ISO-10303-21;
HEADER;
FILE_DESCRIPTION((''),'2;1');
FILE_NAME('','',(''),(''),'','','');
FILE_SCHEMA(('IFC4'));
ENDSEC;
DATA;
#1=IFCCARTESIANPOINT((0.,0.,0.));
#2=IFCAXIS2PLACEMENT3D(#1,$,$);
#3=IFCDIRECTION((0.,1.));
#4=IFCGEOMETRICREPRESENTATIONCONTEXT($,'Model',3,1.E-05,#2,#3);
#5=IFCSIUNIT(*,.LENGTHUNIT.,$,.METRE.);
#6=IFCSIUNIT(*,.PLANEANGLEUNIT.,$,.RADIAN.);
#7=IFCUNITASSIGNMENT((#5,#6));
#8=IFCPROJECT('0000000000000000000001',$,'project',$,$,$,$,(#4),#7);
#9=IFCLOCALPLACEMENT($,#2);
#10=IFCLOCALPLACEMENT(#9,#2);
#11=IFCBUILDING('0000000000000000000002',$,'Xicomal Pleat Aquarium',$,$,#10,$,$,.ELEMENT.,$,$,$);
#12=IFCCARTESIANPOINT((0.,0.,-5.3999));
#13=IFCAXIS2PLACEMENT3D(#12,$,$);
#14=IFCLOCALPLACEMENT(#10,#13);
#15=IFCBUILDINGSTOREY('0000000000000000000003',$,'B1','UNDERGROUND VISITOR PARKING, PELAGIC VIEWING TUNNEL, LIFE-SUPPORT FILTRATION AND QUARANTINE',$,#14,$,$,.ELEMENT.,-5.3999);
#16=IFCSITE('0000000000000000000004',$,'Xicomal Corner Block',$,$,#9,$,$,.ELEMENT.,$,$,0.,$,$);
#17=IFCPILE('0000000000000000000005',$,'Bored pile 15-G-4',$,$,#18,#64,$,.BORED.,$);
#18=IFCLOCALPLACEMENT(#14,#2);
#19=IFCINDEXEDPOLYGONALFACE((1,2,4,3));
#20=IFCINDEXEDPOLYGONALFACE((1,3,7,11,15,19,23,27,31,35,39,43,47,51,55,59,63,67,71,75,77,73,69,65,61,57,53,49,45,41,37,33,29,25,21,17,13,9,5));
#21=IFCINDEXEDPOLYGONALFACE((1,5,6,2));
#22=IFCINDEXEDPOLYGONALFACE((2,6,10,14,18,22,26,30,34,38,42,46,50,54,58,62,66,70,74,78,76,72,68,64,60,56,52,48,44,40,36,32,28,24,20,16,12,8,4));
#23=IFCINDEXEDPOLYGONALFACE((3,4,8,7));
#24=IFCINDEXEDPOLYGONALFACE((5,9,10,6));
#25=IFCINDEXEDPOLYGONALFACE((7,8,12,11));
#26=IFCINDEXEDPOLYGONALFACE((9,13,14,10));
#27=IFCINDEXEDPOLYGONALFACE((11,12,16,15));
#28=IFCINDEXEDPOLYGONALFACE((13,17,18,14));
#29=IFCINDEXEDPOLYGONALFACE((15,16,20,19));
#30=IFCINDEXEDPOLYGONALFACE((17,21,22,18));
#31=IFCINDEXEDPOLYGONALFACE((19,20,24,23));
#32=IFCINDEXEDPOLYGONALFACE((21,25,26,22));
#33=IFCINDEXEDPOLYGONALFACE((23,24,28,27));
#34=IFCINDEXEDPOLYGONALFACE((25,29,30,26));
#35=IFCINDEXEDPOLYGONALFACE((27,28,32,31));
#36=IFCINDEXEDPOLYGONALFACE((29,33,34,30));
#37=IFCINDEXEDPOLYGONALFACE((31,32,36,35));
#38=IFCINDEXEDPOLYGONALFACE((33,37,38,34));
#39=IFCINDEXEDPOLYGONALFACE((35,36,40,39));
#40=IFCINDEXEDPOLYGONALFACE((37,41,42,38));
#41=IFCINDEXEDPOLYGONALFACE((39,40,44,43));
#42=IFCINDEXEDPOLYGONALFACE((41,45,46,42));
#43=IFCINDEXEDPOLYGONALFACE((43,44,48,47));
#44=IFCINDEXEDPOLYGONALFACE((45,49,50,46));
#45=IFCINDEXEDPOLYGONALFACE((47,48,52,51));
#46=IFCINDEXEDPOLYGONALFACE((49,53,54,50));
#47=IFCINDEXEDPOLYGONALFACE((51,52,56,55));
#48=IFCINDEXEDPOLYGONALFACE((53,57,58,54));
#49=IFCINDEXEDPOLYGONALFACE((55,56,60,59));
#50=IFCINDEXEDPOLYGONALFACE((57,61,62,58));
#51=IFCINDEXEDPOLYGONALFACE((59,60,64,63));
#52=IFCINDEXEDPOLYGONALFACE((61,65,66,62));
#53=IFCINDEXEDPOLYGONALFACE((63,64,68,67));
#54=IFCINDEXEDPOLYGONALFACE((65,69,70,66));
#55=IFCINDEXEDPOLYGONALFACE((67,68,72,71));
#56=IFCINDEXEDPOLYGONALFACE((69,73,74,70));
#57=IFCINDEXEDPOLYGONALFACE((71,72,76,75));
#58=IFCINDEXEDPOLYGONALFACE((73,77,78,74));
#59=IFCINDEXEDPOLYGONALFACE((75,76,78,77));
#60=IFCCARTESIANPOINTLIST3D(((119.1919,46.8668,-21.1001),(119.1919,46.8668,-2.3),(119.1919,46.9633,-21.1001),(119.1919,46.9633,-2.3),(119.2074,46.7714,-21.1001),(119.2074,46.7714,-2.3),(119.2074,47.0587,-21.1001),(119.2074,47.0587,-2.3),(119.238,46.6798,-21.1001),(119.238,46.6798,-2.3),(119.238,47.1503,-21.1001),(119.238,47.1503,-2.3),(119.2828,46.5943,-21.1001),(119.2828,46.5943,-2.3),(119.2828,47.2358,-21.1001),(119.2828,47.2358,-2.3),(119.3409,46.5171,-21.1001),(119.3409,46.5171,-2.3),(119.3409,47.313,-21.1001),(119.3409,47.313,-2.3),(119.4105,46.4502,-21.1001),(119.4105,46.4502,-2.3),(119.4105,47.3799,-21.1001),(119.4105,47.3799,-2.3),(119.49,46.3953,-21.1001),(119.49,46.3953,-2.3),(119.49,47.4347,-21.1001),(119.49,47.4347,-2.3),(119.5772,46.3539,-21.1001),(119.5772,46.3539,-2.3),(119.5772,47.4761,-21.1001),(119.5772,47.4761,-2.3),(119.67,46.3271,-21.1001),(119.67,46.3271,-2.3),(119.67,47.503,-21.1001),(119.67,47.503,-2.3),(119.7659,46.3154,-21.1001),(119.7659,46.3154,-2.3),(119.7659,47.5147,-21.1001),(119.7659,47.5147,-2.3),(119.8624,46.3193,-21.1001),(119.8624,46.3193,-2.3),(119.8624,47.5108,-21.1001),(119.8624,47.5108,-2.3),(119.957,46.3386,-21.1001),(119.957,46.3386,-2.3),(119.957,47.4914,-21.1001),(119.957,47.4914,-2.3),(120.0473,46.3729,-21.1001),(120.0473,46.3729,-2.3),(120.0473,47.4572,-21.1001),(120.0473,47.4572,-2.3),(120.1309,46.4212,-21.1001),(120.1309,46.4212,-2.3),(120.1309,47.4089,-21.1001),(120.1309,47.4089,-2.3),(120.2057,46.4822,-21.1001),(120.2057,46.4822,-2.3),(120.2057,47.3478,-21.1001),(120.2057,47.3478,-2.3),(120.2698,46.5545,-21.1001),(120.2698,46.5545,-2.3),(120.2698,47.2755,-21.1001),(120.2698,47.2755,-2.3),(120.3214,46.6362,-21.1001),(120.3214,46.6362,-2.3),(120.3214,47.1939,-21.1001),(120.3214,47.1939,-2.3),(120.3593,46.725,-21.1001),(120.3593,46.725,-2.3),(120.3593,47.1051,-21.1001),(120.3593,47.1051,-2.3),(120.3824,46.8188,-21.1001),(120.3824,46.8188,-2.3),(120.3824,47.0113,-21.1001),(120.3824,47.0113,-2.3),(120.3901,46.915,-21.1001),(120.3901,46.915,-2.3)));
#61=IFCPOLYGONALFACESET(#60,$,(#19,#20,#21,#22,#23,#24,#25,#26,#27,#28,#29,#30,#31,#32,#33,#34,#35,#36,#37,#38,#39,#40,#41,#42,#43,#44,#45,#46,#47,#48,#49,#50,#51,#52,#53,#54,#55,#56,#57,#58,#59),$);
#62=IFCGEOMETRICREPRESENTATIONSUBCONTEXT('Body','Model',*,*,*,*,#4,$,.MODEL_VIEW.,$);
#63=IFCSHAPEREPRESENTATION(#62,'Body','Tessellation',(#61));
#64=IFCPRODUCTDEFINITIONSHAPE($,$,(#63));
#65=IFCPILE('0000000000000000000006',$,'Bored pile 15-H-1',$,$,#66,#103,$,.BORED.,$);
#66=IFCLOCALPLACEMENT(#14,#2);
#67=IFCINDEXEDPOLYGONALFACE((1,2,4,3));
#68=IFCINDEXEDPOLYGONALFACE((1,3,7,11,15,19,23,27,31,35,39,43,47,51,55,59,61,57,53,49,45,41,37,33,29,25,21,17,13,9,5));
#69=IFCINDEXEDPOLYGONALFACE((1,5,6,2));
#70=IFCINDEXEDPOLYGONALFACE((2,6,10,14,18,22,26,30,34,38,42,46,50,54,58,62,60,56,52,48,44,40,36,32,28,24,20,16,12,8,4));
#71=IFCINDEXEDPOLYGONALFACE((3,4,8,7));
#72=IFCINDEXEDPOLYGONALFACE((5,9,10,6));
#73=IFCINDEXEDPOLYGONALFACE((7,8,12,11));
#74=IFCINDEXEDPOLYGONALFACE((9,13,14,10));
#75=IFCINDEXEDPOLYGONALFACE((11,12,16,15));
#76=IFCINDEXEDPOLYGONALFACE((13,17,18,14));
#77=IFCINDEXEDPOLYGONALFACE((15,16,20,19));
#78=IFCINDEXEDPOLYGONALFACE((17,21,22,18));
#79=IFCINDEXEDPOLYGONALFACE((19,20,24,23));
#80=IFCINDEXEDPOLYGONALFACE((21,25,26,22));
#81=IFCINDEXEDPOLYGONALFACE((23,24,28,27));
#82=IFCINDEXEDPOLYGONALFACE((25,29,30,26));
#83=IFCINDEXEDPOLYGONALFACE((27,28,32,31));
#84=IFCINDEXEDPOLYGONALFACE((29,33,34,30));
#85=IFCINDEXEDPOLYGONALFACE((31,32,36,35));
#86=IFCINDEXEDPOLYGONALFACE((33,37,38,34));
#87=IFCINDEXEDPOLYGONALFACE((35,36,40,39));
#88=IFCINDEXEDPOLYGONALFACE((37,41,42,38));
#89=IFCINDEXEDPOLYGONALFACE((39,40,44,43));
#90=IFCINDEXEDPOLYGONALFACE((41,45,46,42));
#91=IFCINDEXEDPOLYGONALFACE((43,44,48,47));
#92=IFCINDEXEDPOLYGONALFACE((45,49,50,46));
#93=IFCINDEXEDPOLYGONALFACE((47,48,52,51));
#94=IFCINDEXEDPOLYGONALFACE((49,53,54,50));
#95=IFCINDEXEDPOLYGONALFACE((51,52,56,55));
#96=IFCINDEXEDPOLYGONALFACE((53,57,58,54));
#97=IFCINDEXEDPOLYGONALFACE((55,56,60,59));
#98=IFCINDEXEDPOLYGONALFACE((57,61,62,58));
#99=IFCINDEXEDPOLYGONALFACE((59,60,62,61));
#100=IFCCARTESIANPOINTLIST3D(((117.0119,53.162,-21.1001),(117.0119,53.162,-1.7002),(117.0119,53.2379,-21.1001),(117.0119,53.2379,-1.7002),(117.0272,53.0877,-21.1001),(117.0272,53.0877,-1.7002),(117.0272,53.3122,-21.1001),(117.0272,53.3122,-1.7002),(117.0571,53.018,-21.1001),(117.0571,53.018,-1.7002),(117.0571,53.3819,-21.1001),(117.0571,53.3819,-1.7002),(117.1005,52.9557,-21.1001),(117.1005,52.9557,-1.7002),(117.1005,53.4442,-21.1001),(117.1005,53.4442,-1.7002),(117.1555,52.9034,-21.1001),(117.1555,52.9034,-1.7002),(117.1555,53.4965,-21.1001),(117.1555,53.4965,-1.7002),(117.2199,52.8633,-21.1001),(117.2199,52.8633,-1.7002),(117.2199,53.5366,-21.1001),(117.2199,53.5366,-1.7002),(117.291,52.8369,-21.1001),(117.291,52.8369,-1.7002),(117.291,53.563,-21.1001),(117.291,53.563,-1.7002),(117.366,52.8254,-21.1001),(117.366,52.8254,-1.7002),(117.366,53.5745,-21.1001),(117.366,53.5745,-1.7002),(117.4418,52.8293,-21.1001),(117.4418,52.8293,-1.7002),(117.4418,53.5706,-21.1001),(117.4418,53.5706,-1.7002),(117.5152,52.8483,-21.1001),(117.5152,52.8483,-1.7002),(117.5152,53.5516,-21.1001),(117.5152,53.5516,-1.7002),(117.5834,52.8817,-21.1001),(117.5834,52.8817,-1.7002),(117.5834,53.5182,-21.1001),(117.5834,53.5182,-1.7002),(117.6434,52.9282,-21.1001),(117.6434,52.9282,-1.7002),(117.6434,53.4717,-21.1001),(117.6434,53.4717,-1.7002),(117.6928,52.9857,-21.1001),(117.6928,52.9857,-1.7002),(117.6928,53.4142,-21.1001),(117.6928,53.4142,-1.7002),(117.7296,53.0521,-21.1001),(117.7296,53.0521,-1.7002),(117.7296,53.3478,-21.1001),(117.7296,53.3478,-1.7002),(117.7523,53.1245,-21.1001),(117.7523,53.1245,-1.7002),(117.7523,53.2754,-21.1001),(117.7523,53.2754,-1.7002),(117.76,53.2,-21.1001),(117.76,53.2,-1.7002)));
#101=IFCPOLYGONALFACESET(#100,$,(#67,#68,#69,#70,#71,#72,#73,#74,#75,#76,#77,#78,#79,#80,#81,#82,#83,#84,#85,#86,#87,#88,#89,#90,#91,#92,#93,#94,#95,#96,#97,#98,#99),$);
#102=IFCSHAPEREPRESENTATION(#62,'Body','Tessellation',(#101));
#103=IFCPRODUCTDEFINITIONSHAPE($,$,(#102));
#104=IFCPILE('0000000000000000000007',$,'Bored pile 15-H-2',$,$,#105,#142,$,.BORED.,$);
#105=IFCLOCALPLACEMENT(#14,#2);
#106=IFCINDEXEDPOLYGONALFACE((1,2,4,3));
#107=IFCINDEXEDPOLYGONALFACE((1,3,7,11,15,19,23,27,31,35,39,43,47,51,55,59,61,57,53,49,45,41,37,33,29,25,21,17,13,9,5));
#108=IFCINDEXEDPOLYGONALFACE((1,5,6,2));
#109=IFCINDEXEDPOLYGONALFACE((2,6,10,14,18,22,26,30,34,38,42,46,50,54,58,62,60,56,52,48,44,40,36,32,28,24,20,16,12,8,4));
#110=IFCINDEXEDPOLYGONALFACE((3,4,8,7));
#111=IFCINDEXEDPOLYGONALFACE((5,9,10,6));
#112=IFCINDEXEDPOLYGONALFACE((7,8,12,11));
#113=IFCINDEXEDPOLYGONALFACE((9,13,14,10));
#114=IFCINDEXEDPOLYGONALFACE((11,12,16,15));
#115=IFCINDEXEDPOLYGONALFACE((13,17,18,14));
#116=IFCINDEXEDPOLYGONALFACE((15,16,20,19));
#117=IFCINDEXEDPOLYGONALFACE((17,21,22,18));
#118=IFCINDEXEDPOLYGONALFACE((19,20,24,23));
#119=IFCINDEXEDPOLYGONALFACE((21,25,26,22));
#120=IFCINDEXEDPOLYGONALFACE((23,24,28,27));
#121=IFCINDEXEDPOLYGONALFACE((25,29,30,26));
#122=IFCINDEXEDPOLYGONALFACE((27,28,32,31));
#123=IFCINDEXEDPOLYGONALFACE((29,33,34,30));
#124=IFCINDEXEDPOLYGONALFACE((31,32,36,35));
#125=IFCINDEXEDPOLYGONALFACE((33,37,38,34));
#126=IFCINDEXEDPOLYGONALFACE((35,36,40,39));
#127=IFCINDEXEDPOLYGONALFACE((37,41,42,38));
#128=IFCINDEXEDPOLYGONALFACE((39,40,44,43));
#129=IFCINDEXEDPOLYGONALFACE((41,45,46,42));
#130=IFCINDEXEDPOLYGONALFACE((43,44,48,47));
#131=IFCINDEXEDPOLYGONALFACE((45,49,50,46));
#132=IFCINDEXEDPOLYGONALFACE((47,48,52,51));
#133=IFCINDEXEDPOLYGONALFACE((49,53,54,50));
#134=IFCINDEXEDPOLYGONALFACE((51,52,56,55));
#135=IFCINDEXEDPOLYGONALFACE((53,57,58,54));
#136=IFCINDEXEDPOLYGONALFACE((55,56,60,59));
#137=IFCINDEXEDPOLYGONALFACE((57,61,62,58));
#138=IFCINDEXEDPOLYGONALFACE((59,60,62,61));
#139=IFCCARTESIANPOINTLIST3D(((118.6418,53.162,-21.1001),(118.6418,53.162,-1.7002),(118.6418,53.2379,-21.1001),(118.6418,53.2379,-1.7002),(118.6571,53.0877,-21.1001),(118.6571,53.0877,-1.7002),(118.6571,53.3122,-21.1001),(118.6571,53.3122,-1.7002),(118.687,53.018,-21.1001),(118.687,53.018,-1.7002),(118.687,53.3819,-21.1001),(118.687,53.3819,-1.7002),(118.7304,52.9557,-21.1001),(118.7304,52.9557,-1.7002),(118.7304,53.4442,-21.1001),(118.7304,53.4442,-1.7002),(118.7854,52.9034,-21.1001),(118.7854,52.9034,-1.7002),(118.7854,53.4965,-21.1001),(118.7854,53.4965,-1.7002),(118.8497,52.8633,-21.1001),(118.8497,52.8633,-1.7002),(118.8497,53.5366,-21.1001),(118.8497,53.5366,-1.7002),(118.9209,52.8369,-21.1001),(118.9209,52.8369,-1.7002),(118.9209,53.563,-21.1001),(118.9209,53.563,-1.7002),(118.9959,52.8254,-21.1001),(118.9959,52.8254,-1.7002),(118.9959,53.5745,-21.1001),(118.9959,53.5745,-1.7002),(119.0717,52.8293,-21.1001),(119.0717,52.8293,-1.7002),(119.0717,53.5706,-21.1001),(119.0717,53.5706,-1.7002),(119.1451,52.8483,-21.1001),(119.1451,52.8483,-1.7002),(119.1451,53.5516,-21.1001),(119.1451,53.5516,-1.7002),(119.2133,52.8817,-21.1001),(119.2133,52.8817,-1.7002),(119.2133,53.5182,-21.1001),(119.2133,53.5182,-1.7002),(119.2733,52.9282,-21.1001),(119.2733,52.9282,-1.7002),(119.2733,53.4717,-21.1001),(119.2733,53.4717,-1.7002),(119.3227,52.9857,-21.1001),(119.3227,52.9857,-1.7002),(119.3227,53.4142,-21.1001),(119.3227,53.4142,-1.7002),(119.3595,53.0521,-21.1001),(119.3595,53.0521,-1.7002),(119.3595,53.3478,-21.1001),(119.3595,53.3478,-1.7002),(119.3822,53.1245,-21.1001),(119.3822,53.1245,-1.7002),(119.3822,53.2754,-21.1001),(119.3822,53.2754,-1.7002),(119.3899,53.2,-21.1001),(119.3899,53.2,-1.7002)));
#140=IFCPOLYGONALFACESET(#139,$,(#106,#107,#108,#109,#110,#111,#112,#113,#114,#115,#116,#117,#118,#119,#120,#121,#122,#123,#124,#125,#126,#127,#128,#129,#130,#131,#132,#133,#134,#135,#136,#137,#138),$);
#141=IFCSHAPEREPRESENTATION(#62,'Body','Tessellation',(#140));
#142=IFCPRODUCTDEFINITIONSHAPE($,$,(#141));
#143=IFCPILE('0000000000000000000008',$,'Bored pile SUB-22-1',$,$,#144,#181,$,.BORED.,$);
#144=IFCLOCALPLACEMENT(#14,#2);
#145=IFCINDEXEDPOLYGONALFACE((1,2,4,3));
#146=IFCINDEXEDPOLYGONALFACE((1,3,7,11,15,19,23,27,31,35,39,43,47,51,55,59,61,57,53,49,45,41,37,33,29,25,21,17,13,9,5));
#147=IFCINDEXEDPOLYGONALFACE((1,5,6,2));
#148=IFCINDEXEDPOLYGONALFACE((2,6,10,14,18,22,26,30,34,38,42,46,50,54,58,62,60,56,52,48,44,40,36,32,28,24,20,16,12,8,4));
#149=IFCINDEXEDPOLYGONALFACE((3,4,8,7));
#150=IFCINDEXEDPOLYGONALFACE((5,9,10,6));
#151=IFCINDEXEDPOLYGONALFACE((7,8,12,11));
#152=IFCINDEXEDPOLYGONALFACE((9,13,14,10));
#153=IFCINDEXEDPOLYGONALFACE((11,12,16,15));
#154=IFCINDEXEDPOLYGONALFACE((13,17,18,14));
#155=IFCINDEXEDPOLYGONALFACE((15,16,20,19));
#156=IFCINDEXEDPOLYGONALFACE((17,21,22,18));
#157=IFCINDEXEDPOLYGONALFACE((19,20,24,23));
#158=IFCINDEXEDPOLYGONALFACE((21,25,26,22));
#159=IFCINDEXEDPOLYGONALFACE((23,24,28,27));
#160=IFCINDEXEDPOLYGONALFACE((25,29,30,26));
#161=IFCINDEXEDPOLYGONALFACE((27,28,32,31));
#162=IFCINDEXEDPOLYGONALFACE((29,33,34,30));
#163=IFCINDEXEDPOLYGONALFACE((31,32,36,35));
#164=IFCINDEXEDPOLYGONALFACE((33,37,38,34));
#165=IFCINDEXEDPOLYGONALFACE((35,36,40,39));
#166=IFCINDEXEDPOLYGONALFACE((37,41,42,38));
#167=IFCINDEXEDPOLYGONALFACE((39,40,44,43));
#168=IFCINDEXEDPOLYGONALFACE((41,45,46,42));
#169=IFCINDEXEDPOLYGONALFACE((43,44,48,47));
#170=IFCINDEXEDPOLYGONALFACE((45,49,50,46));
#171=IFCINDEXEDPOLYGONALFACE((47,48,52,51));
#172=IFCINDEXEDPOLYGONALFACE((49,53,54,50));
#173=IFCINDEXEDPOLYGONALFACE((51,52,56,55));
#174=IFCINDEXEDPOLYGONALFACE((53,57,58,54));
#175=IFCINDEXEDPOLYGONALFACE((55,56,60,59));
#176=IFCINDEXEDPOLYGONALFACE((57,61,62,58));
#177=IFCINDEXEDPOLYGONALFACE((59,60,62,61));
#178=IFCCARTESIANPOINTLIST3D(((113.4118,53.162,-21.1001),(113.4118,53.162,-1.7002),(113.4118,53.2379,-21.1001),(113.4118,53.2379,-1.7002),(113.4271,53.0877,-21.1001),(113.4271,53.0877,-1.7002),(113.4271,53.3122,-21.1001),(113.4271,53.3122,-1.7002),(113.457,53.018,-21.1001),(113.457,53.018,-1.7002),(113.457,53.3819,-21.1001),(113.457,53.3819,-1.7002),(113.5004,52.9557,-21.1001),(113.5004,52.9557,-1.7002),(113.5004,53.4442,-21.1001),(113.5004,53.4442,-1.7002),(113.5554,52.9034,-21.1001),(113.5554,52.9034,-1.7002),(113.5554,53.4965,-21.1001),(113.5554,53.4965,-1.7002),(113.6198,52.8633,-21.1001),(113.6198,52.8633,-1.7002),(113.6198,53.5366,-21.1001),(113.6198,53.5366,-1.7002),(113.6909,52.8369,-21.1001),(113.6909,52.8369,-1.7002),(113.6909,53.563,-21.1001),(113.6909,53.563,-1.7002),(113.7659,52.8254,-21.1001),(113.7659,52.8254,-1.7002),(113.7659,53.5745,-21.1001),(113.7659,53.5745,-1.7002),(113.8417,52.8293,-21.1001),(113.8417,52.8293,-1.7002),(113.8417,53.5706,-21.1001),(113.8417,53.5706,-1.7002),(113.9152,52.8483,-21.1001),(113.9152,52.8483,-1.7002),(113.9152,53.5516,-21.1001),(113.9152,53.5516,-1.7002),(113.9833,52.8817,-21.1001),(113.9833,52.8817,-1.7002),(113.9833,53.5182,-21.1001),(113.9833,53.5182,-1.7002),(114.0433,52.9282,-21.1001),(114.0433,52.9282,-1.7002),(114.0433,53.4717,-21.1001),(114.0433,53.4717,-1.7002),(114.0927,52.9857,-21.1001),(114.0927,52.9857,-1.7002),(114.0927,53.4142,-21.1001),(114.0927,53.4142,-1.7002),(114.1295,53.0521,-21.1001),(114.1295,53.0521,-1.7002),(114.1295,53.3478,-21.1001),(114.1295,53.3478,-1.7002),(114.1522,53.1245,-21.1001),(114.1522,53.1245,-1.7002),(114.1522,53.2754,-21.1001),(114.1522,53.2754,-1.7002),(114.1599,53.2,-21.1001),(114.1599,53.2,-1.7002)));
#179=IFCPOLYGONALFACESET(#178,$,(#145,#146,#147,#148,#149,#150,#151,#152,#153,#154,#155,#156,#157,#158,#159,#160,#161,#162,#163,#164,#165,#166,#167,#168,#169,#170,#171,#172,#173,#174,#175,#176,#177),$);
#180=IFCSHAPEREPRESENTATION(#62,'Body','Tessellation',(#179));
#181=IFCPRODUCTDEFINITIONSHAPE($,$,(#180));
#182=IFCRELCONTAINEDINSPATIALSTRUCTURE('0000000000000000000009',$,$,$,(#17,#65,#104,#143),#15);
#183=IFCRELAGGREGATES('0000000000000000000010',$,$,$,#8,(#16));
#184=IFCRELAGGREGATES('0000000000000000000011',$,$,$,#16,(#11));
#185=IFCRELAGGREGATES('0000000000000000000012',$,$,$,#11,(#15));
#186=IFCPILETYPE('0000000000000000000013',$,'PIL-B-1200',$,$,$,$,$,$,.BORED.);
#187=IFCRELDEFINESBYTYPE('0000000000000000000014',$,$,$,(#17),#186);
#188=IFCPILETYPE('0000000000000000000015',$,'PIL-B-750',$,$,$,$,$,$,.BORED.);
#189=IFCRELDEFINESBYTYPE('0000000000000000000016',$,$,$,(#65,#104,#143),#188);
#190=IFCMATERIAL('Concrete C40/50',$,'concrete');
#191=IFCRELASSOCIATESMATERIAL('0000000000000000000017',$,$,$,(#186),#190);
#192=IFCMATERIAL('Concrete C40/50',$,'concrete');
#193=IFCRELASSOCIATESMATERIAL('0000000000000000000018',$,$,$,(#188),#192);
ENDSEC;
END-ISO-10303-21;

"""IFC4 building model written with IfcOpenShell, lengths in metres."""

from ifc_helpers import new_model, si_unit, direction, frame, origin, origin_2d, place, context, subcontext, project, spatial, circle, extrude, material, material_profile, profile_set, type_object, element, save


model = new_model("IFC4")

# Units and contexts
model_context = context("Model", 3, precision=1e-05, world=origin(), true_north=direction((0.0, 1.0)))
body_context = subcontext(model_context, "Body", "Model", "MODEL_VIEW")
ifc_project = project(units=[si_unit("LENGTHUNIT", "METRE"), si_unit("PLANEANGLEUNIT", "RADIAN")], contexts=[model_context])

# Site, building, storey
site_placement = place(None, origin())
site = spatial("IfcSite", under=ifc_project, at=site_placement, Name="Xicomal Corner Block", CompositionType="ELEMENT", RefElevation=0.0)
building_placement = place(site_placement, origin())
building = spatial("IfcBuilding", under=site, at=building_placement, Name="Xicomal Pleat Aquarium", CompositionType="ELEMENT")
storey_placement = place(building_placement, frame((0.0, 0.0, -5.3999)))
storey = spatial("IfcBuildingStorey", under=building, at=storey_placement, Name="B1", Description="UNDERGROUND VISITOR PARKING, PELAGIC VIEWING TUNNEL, LIFE-SUPPORT FILTRATION AND QUARANTINE", CompositionType="ELEMENT", Elevation=-5.3999)

# Piles
ifc_material_1 = material(Name="Concrete C40/50", Category="concrete")
ifc_material_profile_1 = material_profile(ifc_material_1, circle(Radius=0.6001, at=origin_2d()), Name="BORED PILE D1200")
ifc_profile_set_1 = profile_set([ifc_material_profile_1], Name="Concrete C40/50")
pile_type_1 = type_object("IfcPileType", Name="PIL-B-1200", PredefinedType="BORED", material=ifc_profile_set_1)
for number, where, z_axis, x_axis, name in (
    (1, (119.79, 46.915, -2.3), (0.0, 0.0, -1.0), (1.0, 0.0, 0.0), "Bored pile 15-G-4"),
):
    element("IfcPile", number, at=place(storey_placement, frame(where, z_axis=z_axis, x_axis=x_axis)), inside=storey, type_object=pile_type_1, Name=name, PredefinedType="BORED", context=body_context, shape_type="SweptSolid", body=[
        extrude(circle(Radius=0.6001, at=origin_2d()), origin(), (0.0, 0.0, 1.0), 18.8),
    ])
ifc_material_2 = material(Name="Concrete C40/50", Category="concrete")
ifc_material_profile_2 = material_profile(ifc_material_2, circle(Radius=0.375, at=origin_2d()), Name="BORED PILE D750")
ifc_profile_set_2 = profile_set([ifc_material_profile_2], Name="Concrete C40/50")
pile_type_2 = type_object("IfcPileType", Name="PIL-B-750", PredefinedType="BORED", material=ifc_profile_set_2)
for number, where, z_axis, x_axis, name in (
    (2, (117.385, 53.2, -1.7002), (0.0, 0.0, -1.0), (1.0, 0.0, 0.0), "Bored pile 15-H-1"),
    (3, (119.0149, 53.2, -1.7002), (0.0, 0.0, -1.0), (1.0, 0.0, 0.0), "Bored pile 15-H-2"),
    (4, (113.7849, 53.2, -1.7002), (0.0, 0.0, -1.0), (1.0, 0.0, 0.0), "Bored pile SUB-22-1"),
):
    element("IfcPile", number, at=place(storey_placement, frame(where, z_axis=z_axis, x_axis=x_axis)), inside=storey, type_object=pile_type_2, Name=name, PredefinedType="BORED", context=body_context, shape_type="SweptSolid", body=[
        extrude(circle(Radius=0.375, at=origin_2d()), origin(), (0.0, 0.0, 1.0), 19.3999),
    ])

save(model, "model.ifc")
